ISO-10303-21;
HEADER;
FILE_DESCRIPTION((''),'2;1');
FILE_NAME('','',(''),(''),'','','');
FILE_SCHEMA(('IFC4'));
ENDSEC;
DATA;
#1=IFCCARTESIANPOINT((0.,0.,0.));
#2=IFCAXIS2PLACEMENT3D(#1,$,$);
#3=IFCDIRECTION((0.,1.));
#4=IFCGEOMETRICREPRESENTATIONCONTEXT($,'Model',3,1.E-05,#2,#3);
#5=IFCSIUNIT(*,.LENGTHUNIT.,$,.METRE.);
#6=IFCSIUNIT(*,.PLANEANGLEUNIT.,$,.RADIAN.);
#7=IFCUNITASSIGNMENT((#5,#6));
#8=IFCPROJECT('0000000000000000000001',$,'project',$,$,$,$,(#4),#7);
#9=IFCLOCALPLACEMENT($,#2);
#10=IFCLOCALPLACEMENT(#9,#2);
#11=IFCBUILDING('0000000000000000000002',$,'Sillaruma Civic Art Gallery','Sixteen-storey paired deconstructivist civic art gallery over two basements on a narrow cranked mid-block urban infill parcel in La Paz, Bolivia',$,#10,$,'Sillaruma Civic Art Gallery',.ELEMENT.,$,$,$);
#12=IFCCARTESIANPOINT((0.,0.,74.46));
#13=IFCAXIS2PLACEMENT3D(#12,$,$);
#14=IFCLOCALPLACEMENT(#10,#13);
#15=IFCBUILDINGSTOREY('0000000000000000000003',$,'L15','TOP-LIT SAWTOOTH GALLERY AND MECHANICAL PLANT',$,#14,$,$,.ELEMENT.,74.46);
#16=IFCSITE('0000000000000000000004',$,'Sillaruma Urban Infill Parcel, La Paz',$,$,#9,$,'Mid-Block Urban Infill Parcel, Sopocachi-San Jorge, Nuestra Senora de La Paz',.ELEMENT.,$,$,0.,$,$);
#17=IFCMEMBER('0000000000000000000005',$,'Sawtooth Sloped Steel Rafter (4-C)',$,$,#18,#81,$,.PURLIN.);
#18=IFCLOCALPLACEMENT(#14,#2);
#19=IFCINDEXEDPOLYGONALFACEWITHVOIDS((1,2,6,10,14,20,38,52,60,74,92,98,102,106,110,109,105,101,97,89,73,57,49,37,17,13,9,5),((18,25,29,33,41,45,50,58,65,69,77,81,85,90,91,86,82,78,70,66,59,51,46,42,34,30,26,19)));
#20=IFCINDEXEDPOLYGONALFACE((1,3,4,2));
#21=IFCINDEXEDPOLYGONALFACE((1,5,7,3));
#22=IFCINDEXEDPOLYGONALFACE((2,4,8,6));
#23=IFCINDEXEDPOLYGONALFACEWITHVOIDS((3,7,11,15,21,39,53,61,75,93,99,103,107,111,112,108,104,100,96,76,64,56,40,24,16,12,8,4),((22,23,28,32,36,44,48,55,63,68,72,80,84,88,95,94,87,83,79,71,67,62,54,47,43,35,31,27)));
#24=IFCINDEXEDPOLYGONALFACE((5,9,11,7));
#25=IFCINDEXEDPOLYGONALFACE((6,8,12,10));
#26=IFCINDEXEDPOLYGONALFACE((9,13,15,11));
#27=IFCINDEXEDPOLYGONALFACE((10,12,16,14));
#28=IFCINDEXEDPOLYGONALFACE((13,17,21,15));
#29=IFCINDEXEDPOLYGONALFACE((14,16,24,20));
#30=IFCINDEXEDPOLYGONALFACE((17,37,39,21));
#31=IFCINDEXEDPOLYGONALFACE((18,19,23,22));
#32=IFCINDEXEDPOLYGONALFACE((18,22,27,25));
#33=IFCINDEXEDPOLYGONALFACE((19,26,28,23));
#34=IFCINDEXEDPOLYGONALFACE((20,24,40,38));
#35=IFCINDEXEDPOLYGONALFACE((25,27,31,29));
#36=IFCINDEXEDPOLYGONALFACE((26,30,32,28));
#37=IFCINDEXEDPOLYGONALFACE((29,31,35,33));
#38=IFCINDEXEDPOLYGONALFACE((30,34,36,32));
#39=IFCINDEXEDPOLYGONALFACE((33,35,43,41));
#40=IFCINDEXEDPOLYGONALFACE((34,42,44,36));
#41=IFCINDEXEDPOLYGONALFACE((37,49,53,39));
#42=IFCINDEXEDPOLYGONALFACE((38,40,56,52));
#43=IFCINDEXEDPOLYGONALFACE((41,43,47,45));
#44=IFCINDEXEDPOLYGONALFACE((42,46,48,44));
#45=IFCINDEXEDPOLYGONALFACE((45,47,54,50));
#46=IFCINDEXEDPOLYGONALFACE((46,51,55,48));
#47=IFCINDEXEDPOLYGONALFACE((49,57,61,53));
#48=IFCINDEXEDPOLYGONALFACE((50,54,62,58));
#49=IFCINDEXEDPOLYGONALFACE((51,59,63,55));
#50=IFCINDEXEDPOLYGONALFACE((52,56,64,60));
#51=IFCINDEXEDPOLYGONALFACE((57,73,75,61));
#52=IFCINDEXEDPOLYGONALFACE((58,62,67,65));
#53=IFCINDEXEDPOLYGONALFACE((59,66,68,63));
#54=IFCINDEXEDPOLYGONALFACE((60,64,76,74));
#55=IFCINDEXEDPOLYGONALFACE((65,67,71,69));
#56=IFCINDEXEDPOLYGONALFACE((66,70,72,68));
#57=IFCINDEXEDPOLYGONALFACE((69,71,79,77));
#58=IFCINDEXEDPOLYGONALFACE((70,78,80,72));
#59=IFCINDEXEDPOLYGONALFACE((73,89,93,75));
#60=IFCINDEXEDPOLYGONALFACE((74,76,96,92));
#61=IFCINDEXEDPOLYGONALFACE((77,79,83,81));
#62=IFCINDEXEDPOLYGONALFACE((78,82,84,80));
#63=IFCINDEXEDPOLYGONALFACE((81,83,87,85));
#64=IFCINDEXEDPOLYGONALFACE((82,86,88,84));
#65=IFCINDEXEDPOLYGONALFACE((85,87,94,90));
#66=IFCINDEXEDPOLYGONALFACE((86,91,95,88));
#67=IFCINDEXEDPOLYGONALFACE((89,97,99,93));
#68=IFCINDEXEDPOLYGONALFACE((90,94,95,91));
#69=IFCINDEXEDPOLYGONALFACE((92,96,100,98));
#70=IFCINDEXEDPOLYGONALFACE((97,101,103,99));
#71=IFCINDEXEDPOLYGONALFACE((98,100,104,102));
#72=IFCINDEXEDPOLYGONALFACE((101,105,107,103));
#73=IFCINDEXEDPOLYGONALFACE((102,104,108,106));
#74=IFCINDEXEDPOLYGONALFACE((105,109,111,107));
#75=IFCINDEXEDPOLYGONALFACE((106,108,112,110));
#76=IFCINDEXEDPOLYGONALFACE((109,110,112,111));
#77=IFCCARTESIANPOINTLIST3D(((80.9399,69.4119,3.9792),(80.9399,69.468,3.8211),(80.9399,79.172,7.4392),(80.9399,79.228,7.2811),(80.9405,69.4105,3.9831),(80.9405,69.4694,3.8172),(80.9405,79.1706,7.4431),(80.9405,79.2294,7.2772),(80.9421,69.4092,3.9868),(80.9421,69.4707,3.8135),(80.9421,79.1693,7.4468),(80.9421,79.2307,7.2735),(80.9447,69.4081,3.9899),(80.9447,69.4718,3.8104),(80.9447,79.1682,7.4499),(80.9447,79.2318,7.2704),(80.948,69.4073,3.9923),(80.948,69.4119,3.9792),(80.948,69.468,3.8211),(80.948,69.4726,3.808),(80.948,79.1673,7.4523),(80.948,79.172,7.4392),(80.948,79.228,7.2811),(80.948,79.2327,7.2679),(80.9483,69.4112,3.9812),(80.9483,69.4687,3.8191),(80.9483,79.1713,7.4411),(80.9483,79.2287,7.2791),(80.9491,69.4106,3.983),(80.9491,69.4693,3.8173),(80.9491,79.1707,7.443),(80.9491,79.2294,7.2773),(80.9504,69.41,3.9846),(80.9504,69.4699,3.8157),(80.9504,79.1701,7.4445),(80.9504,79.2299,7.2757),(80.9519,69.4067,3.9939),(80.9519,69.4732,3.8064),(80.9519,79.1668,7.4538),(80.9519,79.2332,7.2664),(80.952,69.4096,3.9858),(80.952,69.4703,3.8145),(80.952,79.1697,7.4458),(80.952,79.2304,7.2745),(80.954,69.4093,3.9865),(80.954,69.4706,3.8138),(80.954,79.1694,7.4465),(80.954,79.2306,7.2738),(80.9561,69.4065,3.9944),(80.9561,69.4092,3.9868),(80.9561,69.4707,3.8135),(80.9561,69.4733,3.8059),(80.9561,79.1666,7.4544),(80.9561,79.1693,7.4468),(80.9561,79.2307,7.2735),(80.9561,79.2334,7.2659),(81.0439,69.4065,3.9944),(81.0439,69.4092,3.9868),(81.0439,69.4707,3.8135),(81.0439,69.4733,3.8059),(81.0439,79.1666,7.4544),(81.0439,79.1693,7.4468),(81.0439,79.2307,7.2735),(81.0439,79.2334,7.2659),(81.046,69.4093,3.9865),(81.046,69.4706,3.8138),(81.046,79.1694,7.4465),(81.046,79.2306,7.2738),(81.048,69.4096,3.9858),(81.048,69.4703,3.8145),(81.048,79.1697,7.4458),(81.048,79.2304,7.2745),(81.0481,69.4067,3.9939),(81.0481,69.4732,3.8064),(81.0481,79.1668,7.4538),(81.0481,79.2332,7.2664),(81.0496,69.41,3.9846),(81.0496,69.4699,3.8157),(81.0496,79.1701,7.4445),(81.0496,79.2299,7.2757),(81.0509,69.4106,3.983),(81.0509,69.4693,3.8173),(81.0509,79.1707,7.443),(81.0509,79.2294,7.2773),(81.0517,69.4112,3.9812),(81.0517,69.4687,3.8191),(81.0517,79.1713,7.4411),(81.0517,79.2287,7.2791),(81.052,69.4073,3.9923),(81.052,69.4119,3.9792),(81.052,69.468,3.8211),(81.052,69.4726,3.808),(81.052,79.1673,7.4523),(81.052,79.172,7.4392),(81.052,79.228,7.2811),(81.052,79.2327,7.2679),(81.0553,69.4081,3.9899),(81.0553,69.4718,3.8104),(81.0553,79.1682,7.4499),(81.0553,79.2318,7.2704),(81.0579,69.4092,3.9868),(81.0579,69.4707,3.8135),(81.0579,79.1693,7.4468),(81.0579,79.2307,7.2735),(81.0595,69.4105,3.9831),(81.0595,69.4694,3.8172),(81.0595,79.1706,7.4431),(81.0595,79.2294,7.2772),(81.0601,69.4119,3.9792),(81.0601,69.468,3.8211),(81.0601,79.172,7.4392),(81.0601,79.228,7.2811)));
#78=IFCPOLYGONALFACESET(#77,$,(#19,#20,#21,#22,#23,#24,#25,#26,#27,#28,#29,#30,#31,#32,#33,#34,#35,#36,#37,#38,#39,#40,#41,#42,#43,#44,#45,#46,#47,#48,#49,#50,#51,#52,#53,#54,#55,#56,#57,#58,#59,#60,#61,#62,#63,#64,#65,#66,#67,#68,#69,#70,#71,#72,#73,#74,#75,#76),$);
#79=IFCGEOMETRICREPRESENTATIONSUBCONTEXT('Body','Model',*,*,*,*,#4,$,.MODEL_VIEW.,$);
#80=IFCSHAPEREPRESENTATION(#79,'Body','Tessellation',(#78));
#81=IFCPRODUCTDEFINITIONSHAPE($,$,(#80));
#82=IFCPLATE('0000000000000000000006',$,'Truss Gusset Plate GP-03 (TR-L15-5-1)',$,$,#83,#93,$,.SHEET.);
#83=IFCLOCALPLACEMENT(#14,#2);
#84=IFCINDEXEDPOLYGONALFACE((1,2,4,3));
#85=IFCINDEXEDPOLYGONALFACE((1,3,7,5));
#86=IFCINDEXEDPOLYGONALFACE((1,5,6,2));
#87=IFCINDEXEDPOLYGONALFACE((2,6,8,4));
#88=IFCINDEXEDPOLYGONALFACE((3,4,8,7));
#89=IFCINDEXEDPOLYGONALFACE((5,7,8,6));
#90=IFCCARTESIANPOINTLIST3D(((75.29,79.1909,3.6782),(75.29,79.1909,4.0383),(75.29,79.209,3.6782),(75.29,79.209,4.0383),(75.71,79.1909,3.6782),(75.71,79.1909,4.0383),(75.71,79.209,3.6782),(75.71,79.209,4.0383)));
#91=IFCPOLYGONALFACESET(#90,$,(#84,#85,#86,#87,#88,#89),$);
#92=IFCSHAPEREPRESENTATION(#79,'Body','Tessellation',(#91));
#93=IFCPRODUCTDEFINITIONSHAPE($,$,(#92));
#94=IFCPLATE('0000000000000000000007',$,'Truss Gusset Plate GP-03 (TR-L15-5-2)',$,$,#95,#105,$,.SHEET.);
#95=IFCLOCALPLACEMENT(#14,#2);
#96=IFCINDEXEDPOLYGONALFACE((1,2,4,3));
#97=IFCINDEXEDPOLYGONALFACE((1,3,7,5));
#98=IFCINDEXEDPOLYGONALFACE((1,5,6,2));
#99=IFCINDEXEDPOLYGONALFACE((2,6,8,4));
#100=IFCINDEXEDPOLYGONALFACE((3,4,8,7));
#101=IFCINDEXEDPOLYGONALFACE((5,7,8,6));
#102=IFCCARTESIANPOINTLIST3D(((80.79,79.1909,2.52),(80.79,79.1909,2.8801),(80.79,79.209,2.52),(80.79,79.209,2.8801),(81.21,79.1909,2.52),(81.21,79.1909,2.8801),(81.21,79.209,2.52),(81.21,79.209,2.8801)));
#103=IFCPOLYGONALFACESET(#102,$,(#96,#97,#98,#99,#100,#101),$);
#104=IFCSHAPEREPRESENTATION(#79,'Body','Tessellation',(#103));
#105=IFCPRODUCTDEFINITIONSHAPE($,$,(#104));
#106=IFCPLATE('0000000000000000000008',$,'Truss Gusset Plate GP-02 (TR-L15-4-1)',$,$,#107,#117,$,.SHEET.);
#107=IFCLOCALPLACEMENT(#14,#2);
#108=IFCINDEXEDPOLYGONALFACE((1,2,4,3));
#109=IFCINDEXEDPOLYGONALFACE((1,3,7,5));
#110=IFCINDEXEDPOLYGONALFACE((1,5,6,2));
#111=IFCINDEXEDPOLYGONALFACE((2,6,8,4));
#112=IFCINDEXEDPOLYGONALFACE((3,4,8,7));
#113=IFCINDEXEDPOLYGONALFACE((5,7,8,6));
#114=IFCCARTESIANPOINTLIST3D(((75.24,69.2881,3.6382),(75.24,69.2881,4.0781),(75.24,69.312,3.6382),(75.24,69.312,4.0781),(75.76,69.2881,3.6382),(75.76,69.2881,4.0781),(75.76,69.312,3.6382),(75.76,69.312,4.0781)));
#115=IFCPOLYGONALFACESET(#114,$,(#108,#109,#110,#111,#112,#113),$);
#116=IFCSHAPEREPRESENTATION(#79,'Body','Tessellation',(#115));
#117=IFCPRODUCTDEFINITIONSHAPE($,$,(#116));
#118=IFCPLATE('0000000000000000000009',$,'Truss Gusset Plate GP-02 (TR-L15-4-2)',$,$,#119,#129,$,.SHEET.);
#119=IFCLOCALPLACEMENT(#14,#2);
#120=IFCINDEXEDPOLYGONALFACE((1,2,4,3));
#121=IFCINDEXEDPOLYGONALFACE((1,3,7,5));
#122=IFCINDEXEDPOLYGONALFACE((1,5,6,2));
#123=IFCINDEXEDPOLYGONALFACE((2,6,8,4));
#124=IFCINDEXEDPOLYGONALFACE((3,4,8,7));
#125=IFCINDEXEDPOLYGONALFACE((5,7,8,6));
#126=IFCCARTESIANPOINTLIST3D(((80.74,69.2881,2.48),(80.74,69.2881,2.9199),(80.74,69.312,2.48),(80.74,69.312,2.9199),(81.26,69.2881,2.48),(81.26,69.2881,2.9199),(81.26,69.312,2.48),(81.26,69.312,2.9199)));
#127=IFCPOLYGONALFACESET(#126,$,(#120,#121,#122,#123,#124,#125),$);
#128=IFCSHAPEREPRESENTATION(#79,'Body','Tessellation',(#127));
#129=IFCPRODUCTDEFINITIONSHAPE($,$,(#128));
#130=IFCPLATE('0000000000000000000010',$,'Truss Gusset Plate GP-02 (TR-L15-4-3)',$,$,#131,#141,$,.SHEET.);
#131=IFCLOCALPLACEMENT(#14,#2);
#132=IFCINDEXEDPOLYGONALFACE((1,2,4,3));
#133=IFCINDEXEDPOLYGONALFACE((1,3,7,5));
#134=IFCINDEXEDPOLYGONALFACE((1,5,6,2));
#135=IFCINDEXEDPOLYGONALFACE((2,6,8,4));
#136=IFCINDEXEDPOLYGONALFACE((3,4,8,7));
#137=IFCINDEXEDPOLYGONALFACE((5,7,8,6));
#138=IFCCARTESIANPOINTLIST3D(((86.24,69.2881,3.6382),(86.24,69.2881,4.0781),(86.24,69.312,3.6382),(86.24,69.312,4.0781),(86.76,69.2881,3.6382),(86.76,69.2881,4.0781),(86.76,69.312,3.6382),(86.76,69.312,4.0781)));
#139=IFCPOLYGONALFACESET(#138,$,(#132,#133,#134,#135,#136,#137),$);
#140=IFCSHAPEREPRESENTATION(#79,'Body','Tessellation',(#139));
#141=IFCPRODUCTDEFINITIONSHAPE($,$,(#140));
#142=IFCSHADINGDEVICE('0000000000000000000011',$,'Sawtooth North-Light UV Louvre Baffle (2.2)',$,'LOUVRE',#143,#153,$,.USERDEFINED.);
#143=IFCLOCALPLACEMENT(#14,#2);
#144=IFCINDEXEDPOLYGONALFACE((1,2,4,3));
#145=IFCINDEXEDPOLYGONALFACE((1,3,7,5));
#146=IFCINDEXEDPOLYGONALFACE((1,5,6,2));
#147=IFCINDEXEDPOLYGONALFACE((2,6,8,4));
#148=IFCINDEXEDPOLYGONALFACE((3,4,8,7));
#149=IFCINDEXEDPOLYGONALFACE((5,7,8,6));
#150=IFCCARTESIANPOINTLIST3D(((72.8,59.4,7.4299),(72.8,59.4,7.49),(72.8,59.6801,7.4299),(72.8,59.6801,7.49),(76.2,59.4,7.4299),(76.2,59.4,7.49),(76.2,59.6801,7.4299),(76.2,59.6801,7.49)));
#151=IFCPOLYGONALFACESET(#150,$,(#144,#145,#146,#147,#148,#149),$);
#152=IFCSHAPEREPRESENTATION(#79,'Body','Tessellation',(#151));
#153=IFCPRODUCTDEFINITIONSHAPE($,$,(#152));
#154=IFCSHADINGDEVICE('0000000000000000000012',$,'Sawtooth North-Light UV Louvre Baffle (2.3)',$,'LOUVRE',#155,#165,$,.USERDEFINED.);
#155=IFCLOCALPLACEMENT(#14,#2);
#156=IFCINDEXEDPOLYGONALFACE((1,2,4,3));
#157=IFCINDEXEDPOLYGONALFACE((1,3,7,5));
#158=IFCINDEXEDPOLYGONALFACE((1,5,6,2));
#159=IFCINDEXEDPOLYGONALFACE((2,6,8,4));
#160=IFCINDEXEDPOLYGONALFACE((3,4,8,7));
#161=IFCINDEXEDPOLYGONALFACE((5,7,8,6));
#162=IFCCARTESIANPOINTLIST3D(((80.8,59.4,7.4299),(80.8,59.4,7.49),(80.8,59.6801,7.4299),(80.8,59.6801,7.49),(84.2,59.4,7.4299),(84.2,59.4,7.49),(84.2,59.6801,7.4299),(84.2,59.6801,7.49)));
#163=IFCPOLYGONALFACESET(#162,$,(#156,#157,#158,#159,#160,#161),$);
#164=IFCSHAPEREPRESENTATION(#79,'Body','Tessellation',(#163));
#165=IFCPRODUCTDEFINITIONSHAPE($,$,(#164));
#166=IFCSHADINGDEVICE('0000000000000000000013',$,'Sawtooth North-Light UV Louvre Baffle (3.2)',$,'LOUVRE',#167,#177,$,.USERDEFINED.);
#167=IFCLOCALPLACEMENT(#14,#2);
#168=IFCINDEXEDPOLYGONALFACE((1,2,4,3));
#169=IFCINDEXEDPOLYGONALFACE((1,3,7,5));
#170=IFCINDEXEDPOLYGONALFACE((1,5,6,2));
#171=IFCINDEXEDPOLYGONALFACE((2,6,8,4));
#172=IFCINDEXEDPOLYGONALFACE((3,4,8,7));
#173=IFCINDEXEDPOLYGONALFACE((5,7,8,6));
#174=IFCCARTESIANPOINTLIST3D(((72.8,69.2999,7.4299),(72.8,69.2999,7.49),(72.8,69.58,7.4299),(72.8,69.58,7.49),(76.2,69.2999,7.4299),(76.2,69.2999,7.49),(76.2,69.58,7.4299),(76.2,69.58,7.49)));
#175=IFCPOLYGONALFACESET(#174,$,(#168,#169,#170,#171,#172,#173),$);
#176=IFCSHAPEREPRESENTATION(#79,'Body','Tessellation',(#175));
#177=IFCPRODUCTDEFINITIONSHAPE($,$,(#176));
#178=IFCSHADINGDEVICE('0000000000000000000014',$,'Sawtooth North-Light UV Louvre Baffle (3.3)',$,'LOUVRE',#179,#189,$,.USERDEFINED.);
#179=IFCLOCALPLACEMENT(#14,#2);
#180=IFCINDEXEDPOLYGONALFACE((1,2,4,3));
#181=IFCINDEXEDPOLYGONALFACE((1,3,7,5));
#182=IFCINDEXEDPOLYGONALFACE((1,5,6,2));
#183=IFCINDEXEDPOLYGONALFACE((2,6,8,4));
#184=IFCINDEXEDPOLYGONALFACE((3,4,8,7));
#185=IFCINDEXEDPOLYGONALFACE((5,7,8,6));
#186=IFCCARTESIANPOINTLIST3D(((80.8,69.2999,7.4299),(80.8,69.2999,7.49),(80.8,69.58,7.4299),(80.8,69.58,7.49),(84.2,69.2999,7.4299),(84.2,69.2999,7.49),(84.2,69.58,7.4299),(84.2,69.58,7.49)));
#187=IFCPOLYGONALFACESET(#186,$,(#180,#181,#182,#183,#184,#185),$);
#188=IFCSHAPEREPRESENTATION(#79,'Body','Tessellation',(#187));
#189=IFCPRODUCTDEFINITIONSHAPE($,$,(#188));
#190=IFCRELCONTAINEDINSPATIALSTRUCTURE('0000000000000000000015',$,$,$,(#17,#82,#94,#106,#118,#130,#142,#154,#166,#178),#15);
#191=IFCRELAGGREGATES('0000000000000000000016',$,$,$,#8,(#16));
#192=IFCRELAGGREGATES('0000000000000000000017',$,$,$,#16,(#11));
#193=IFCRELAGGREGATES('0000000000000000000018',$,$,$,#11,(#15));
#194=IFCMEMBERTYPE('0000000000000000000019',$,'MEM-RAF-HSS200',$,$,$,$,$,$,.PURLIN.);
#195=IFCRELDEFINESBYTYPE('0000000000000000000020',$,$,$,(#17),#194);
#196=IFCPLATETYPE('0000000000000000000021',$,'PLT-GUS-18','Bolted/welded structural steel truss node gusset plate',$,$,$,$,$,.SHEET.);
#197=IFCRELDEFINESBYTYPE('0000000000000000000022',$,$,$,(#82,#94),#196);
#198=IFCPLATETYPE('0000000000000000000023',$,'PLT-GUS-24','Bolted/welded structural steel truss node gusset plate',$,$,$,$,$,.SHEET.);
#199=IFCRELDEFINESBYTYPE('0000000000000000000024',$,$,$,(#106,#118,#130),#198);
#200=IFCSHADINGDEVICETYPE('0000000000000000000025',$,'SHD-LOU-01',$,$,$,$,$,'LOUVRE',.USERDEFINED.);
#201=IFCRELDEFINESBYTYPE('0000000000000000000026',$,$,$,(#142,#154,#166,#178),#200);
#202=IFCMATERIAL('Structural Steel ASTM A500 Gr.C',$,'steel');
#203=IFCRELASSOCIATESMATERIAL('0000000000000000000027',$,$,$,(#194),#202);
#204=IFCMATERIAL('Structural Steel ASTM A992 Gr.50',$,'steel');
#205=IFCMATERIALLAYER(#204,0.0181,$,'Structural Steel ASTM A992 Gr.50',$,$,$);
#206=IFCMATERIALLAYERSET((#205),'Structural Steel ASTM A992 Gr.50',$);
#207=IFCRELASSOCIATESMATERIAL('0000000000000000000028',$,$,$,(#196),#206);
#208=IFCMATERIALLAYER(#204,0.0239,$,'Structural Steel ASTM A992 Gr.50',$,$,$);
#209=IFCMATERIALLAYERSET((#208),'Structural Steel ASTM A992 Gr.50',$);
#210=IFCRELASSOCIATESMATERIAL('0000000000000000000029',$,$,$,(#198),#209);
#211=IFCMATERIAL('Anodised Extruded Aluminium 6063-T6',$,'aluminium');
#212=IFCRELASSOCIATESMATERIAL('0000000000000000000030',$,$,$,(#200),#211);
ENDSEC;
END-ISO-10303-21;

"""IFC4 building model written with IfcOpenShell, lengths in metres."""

from ifc_helpers import new_model, si_unit, direction, frame, origin, origin_2d, place, context, subcontext, project, spatial, rectangle, hollow_rectangle, extrude, material, layer, layer_set, material_profile, profile_set, type_object, element, save


model = new_model("IFC4")

# Units and contexts
model_context = context("Model", 3, precision=1e-05, world=origin(), true_north=direction((0.0, 1.0)))
body_context = subcontext(model_context, "Body", "Model", "MODEL_VIEW")
ifc_project = project(units=[si_unit("LENGTHUNIT", "METRE"), si_unit("PLANEANGLEUNIT", "RADIAN")], contexts=[model_context])

# Site, building, storey
site_placement = place(None, origin())
site = spatial("IfcSite", under=ifc_project, at=site_placement, Name="Sillaruma Urban Infill Parcel, La Paz", LongName="Mid-Block Urban Infill Parcel, Sopocachi-San Jorge, Nuestra Senora de La Paz", CompositionType="ELEMENT", RefElevation=0.0)
building_placement = place(site_placement, origin())
building = spatial("IfcBuilding", under=site, at=building_placement, Name="Sillaruma Civic Art Gallery", Description="Sixteen-storey paired deconstructivist civic art gallery over two basements on a narrow cranked mid-block urban infill parcel in La Paz, Bolivia", LongName="Sillaruma Civic Art Gallery", CompositionType="ELEMENT")
storey_placement = place(building_placement, frame((0.0, 0.0, 74.46)))
storey = spatial("IfcBuildingStorey", under=building, at=storey_placement, Name="L15", Description="TOP-LIT SAWTOOTH GALLERY AND MECHANICAL PLANT", CompositionType="ELEMENT", Elevation=74.46)

# Shared definitions
ifc_material_1 = material(Name="Structural Steel ASTM A992 Gr.50", Category="steel")

# Member
ifc_material_2 = material(Name="Structural Steel ASTM A500 Gr.C", Category="steel")
ifc_material_profile_1 = material_profile(ifc_material_2, hollow_rectangle(XDim=0.1201, YDim=0.2, WallThickness=0.0081, InnerFilletRadius=0.0081, OuterFilletRadius=0.0161, at=origin_2d()), Name="HSS200x120x8")
ifc_profile_set_1 = profile_set([ifc_material_profile_1], Name="Structural Steel ASTM A500 Gr.C")
member_type_1 = type_object("IfcMemberType", Name="MEM-RAF-HSS200", PredefinedType="PURLIN", material=ifc_profile_set_1)
for number, where, z_axis, x_axis, name in (
    (1, (81.0, 69.4399, 3.9001), (0.0, 0.942527, 0.33413), (-1.0, 0.0, 0.0), "Sawtooth Sloped Steel Rafter (4-C)"),
):
    element("IfcMember", number, at=place(storey_placement, frame(where, z_axis=z_axis, x_axis=x_axis)), inside=storey, type_object=member_type_1, Name=name, PredefinedType="PURLIN", context=body_context, shape_type="SweptSolid", body=[
        extrude(hollow_rectangle(XDim=0.1201, YDim=0.2, WallThickness=0.0081, InnerFilletRadius=0.0081, OuterFilletRadius=0.0161, at=origin_2d()), origin(), (0.0, 0.0, 1.0), 10.3552),
    ])

# Plates
ifc_layer_1 = layer(ifc_material_1, 0.0181, Name="Structural Steel ASTM A992 Gr.50")
ifc_layer_set_1 = layer_set([ifc_layer_1], Name="Structural Steel ASTM A992 Gr.50")
plate_type_1 = type_object("IfcPlateType", Name="PLT-GUS-18", Description="Bolted/welded structural steel truss node gusset plate", PredefinedType="SHEET", material=ifc_layer_set_1)
for number, where, z_axis, x_axis, name in (
    (2, (75.5, 79.2, 3.6782), (0.0, 0.0, 1.0), (1.0, 0.0, 0.0), "Truss Gusset Plate GP-03 (TR-L15-5-1)"),
    (3, (81.0, 79.2, 2.52), (0.0, 0.0, 1.0), (1.0, 0.0, 0.0), "Truss Gusset Plate GP-03 (TR-L15-5-2)"),
):
    element("IfcPlate", number, at=place(storey_placement, frame(where, z_axis=z_axis, x_axis=x_axis)), inside=storey, type_object=plate_type_1, Name=name, PredefinedType="SHEET", context=body_context, shape_type="SweptSolid", body=[
        extrude(rectangle(XDim=0.4199, YDim=0.0181, at=origin_2d()), origin(), (0.0, 0.0, 1.0), 0.3601),
    ])
ifc_layer_2 = layer(ifc_material_1, 0.0239, Name="Structural Steel ASTM A992 Gr.50")
ifc_layer_set_2 = layer_set([ifc_layer_2], Name="Structural Steel ASTM A992 Gr.50")
plate_type_2 = type_object("IfcPlateType", Name="PLT-GUS-24", Description="Bolted/welded structural steel truss node gusset plate", PredefinedType="SHEET", material=ifc_layer_set_2)
for number, where, z_axis, x_axis, name in (
    (4, (75.5, 69.3, 3.6382), (0.0, 0.0, 1.0), (1.0, 0.0, 0.0), "Truss Gusset Plate GP-02 (TR-L15-4-1)"),
    (5, (81.0, 69.3, 2.48), (0.0, 0.0, 1.0), (1.0, 0.0, 0.0), "Truss Gusset Plate GP-02 (TR-L15-4-2)"),
    (6, (86.5, 69.3, 3.6382), (0.0, 0.0, 1.0), (1.0, 0.0, 0.0), "Truss Gusset Plate GP-02 (TR-L15-4-3)"),
):
    element("IfcPlate", number, at=place(storey_placement, frame(where, z_axis=z_axis, x_axis=x_axis)), inside=storey, type_object=plate_type_2, Name=name, PredefinedType="SHEET", context=body_context, shape_type="SweptSolid", body=[
        extrude(rectangle(XDim=0.52, YDim=0.0239, at=origin_2d()), origin(), (0.0, 0.0, 1.0), 0.4399),
    ])

# Shading devices
ifc_material_3 = material(Name="Anodised Extruded Aluminium 6063-T6", Category="aluminium")
shading_device_type = type_object("IfcShadingDeviceType", Name="SHD-LOU-01", ElementType="LOUVRE", PredefinedType="USERDEFINED", material=ifc_material_3)
for number, where, z_axis, x_axis, name in (
    (7, (74.5, 59.54, 7.4299), (0.0, 0.0, 1.0), (1.0, 0.0, 0.0), "Sawtooth North-Light UV Louvre Baffle (2.2)"),
    (8, (82.5, 59.54, 7.4299), (0.0, 0.0, 1.0), (1.0, 0.0, 0.0), "Sawtooth North-Light UV Louvre Baffle (2.3)"),
    (9, (74.5, 69.4399, 7.4299), (0.0, 0.0, 1.0), (1.0, 0.0, 0.0), "Sawtooth North-Light UV Louvre Baffle (3.2)"),
    (10, (82.5, 69.4399, 7.4299), (0.0, 0.0, 1.0), (1.0, 0.0, 0.0), "Sawtooth North-Light UV Louvre Baffle (3.3)"),
):
    element("IfcShadingDevice", number, at=place(storey_placement, frame(where, z_axis=z_axis, x_axis=x_axis)), inside=storey, type_object=shading_device_type, Name=name, ObjectType="LOUVRE", PredefinedType="USERDEFINED", context=body_context, shape_type="SweptSolid", body=[
        extrude(rectangle(XDim=3.3999, YDim=0.28, at=origin_2d()), origin(), (0.0, 0.0, 1.0), 0.0601),
    ])

save(model, "model.ifc")
